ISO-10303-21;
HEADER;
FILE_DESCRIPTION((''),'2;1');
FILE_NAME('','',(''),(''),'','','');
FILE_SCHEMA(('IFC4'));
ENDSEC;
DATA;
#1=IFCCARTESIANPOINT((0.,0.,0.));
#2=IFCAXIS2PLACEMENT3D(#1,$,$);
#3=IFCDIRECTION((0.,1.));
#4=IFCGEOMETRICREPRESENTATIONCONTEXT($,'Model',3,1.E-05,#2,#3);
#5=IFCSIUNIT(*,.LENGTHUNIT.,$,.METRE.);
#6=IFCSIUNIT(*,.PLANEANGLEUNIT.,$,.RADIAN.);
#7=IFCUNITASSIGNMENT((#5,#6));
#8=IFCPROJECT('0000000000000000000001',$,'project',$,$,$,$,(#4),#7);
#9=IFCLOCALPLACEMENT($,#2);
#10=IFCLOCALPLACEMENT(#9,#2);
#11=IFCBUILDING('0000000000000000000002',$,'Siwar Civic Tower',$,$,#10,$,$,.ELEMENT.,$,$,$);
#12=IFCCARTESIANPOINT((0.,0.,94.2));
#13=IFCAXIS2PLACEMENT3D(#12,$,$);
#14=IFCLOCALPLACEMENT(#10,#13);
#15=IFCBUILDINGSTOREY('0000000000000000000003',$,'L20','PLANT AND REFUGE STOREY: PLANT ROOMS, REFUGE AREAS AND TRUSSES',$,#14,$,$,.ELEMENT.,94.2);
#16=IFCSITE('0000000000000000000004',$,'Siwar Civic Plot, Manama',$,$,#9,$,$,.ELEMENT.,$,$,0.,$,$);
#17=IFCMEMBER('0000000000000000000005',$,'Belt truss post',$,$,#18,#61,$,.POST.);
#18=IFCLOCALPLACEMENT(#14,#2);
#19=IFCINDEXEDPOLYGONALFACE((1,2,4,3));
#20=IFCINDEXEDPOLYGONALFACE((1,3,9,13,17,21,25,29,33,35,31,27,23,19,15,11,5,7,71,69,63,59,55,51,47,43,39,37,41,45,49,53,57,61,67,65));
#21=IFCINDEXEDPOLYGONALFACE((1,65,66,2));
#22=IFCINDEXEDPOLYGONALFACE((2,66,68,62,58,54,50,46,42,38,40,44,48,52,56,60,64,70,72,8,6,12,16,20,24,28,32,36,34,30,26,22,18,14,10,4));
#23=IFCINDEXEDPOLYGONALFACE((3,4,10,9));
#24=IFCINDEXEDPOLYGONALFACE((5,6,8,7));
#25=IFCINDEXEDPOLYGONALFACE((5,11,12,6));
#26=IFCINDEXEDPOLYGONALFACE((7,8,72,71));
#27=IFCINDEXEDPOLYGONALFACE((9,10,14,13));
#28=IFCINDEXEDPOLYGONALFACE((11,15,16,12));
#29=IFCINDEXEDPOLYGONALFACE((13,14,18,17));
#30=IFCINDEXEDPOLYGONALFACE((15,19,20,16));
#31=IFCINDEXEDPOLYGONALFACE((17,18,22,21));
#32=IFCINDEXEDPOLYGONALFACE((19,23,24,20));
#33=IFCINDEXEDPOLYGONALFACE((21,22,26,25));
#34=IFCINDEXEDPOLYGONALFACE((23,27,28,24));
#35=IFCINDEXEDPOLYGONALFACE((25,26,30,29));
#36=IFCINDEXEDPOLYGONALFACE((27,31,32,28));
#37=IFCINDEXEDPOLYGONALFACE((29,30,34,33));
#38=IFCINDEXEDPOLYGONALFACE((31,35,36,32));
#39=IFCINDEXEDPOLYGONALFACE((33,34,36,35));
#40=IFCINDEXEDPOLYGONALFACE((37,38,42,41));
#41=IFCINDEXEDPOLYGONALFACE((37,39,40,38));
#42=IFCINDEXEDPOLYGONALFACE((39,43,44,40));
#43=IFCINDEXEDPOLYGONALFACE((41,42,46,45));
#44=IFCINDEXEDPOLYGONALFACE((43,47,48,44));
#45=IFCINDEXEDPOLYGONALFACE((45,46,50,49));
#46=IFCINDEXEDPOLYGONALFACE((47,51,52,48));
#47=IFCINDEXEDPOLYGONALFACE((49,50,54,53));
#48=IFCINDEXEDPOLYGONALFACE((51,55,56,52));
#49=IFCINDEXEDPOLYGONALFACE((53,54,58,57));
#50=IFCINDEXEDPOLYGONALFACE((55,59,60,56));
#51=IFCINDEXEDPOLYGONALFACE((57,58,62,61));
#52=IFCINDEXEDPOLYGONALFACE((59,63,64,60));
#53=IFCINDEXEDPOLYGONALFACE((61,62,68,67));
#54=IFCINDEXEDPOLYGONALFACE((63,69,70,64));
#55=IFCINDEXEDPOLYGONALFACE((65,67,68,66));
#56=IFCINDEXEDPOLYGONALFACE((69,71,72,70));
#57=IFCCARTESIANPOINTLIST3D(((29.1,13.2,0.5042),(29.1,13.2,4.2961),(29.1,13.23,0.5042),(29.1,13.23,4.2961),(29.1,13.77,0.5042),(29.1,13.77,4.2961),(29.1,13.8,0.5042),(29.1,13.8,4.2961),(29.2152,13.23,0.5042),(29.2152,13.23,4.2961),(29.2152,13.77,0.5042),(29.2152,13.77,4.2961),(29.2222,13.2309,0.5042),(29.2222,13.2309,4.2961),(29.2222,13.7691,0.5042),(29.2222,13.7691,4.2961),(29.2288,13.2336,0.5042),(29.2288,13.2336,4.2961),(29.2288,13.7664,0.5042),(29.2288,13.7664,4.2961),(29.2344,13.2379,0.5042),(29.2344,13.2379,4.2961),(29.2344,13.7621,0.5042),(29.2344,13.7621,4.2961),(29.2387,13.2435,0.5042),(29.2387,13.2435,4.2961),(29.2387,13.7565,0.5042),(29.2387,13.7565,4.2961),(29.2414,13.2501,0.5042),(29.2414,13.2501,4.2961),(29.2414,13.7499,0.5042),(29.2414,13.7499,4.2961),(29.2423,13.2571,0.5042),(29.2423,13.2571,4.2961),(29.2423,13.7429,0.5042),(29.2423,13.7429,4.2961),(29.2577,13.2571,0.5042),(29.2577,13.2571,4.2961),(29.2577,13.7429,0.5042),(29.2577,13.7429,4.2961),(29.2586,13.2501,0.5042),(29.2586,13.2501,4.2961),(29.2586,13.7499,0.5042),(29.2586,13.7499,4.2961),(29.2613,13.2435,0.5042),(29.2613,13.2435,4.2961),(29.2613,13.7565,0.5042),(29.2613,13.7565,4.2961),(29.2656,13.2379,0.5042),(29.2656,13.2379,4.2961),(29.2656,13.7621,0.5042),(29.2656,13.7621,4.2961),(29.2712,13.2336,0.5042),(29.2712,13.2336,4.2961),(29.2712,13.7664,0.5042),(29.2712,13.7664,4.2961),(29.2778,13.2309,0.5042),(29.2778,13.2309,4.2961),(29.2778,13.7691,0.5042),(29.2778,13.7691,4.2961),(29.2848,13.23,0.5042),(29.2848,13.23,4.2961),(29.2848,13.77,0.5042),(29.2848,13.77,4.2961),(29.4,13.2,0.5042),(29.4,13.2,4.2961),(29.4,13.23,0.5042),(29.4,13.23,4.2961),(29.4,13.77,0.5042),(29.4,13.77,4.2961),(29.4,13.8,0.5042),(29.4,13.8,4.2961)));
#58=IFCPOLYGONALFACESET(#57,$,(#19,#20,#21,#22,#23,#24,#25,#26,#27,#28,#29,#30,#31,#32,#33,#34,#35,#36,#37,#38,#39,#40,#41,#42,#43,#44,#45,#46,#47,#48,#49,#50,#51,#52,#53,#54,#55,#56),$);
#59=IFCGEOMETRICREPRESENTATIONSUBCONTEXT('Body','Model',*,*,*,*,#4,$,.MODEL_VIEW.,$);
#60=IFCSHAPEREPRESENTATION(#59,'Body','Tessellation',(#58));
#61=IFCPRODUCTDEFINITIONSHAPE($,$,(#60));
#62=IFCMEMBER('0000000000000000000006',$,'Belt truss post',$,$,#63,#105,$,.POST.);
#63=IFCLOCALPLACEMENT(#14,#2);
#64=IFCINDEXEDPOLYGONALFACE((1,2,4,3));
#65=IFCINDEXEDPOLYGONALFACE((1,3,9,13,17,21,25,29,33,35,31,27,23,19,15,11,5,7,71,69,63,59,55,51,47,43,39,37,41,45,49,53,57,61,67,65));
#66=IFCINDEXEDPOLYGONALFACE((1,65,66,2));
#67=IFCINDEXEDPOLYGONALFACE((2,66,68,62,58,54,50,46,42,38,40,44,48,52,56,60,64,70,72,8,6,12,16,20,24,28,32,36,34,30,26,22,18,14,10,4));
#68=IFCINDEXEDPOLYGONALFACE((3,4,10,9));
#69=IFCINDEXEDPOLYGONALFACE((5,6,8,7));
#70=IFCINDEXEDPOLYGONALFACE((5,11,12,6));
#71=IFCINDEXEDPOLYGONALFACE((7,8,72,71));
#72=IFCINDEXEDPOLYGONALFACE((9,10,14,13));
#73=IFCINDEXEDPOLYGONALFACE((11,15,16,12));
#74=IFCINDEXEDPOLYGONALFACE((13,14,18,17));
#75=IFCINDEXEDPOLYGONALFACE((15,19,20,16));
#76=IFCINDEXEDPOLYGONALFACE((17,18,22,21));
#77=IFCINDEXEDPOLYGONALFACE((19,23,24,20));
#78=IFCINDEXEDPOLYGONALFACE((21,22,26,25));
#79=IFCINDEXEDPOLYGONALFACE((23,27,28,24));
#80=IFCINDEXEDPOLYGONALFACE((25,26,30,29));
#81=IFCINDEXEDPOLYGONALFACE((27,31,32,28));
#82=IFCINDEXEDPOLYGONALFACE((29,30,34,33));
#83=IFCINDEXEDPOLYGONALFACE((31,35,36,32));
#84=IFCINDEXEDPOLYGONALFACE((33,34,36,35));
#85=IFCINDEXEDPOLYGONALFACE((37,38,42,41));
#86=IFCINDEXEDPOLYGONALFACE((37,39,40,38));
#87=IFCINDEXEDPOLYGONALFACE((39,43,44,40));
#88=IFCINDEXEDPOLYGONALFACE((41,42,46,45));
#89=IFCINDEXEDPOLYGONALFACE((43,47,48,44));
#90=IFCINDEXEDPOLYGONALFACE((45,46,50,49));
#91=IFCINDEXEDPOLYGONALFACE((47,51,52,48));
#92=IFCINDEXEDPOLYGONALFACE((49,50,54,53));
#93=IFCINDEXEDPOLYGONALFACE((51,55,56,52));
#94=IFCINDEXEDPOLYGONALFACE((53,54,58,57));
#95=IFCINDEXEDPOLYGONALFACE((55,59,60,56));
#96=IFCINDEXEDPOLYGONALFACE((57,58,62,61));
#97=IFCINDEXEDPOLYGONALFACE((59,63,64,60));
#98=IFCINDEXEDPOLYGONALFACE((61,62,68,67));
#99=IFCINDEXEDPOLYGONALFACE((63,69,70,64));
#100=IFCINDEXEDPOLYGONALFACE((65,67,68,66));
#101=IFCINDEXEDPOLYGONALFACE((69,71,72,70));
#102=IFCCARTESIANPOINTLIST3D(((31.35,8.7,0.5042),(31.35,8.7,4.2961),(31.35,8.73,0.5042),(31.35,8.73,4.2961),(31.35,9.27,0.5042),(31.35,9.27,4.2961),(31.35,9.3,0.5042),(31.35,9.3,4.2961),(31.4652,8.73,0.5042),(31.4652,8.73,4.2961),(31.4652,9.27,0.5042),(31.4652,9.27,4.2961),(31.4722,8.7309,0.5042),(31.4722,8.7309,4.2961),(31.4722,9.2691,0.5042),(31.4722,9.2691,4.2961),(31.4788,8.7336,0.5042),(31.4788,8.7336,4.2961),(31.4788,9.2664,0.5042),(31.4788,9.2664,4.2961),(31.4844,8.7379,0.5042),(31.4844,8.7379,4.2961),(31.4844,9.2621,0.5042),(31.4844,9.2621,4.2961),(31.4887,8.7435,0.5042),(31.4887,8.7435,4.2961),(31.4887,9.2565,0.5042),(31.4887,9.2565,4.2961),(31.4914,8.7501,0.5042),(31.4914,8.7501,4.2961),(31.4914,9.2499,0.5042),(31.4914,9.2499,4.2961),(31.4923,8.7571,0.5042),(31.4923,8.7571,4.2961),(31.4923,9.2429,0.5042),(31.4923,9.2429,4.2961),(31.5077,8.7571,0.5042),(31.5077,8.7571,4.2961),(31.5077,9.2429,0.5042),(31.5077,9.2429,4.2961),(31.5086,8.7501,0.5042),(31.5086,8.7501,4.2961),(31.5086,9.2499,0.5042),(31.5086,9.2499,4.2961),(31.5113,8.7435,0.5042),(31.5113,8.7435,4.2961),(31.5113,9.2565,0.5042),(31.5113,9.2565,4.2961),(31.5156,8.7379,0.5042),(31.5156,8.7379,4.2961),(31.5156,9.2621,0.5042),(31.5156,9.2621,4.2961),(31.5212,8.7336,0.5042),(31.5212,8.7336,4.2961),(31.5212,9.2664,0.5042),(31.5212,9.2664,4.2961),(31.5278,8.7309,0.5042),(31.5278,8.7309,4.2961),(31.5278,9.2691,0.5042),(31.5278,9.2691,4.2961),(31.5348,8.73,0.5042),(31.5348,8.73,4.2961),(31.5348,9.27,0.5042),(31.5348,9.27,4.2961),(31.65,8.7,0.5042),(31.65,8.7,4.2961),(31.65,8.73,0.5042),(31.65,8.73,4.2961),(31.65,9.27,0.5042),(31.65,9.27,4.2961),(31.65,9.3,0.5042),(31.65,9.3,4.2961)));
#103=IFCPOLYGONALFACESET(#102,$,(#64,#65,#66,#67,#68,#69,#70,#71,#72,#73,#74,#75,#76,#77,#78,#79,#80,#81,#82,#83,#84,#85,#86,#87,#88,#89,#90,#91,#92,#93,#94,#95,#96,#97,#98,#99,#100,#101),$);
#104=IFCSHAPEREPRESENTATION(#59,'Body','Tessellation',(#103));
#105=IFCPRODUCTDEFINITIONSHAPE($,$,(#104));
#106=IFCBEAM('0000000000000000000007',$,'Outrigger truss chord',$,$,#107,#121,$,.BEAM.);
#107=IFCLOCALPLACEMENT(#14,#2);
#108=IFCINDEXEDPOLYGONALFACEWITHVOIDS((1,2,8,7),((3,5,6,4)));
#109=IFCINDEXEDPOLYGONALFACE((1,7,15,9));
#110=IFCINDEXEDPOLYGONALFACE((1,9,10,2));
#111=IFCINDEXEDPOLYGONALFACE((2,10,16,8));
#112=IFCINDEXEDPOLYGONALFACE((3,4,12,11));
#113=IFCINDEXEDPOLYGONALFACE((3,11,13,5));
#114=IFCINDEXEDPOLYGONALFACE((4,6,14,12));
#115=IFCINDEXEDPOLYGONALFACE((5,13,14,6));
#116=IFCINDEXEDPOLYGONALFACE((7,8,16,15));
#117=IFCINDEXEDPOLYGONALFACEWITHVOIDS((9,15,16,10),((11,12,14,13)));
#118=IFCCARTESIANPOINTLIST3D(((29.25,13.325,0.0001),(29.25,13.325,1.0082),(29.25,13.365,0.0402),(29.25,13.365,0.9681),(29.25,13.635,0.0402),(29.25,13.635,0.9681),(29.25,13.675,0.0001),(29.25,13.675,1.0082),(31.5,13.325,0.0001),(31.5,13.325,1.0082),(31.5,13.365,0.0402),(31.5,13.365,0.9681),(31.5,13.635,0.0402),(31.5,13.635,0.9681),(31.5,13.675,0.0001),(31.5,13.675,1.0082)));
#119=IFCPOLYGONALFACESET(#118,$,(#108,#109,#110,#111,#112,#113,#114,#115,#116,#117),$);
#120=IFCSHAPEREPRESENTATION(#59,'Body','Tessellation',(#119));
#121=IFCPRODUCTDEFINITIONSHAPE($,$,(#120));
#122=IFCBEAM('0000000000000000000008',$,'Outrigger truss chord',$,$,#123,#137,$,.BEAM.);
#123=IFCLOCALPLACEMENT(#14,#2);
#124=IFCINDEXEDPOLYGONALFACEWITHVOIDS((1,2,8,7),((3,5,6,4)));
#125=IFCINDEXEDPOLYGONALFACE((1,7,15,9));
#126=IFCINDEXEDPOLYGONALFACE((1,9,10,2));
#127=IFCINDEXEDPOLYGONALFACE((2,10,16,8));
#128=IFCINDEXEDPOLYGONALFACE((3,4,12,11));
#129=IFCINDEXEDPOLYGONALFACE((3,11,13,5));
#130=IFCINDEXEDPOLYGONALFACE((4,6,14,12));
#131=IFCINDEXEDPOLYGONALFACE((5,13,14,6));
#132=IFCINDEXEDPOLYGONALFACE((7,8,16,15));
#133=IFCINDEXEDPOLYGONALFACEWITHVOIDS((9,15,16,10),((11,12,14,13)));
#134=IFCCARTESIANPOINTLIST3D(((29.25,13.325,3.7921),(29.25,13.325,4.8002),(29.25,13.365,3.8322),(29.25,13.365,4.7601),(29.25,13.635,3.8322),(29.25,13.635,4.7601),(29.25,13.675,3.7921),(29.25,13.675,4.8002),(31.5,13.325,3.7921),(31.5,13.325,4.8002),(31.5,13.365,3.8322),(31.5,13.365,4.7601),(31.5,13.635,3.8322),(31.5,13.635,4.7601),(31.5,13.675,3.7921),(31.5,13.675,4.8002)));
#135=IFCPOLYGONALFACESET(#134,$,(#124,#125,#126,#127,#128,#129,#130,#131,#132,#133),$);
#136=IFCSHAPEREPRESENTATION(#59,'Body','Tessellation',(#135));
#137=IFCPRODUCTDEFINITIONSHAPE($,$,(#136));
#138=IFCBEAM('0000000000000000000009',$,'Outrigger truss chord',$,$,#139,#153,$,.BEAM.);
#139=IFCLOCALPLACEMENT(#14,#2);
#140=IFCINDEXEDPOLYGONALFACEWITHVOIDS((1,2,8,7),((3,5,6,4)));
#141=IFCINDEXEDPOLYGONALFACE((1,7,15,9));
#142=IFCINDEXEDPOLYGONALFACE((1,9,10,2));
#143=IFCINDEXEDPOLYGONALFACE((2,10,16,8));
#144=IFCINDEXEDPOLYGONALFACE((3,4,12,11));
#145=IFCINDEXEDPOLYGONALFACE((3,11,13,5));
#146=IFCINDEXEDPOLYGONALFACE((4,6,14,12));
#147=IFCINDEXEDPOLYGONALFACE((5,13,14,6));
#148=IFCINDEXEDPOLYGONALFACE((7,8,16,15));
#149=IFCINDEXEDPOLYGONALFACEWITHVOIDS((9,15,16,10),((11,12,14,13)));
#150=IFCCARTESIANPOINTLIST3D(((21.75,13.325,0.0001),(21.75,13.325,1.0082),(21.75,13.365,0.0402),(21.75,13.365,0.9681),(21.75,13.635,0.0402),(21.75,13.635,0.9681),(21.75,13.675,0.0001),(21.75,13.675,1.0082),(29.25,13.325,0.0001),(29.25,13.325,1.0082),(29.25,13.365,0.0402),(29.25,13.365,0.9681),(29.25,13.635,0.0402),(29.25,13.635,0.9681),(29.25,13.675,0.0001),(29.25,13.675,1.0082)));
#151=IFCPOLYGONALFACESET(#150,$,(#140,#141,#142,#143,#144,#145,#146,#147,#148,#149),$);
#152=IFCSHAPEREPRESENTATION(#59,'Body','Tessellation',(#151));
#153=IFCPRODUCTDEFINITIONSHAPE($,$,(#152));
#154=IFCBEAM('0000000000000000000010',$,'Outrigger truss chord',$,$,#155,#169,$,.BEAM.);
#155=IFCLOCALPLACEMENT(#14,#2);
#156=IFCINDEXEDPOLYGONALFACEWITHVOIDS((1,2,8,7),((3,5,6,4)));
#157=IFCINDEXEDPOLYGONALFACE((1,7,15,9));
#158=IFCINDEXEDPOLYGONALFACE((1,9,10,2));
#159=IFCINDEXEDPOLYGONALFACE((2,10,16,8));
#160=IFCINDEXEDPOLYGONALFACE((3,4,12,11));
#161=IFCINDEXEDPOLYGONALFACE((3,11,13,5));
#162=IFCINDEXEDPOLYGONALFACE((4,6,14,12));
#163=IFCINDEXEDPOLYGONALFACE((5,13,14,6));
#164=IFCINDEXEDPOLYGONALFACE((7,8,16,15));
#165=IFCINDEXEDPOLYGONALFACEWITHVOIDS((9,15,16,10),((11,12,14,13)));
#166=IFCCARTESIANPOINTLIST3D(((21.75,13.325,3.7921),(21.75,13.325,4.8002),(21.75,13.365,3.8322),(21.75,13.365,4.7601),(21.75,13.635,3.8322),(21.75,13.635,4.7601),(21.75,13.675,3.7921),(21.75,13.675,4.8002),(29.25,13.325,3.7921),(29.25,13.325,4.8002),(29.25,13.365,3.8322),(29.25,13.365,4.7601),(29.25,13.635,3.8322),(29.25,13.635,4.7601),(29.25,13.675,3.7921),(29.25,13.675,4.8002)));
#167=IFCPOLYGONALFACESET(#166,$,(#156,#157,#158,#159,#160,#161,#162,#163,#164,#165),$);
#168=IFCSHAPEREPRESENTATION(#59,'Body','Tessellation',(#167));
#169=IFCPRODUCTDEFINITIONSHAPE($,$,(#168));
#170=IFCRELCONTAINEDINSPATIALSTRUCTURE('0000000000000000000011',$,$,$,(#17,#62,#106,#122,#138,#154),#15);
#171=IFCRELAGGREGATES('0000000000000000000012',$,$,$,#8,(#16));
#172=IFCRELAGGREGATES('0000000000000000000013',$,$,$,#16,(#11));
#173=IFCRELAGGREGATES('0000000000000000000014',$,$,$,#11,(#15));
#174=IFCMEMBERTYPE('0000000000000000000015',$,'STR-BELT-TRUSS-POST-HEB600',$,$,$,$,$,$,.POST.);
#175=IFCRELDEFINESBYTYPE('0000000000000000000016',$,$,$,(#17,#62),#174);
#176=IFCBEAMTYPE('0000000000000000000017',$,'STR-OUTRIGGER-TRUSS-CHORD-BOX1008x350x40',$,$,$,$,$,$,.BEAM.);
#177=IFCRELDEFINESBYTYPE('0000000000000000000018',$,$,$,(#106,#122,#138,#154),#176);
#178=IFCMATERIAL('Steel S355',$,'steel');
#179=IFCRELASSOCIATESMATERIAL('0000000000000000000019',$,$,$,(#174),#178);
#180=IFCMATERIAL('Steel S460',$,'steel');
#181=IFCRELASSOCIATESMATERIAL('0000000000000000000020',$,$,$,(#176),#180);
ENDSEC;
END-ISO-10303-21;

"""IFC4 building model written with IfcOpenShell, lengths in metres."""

from ifc_helpers import new_model, si_unit, direction, frame, origin, origin_2d, place, context, subcontext, project, spatial, hollow_rectangle, i_section, extrude, material, material_profile, profile_set, type_object, element, save


model = new_model("IFC4")

# Units and contexts
model_context = context("Model", 3, precision=1e-05, world=origin(), true_north=direction((0.0, 1.0)))
body_context = subcontext(model_context, "Body", "Model", "MODEL_VIEW")
ifc_project = project(units=[si_unit("LENGTHUNIT", "METRE"), si_unit("PLANEANGLEUNIT", "RADIAN")], contexts=[model_context])

# Site, building, storey
site_placement = place(None, origin())
site = spatial("IfcSite", under=ifc_project, at=site_placement, Name="Siwar Civic Plot, Manama", CompositionType="ELEMENT", RefElevation=0.0)
building_placement = place(site_placement, origin())
building = spatial("IfcBuilding", under=site, at=building_placement, Name="Siwar Civic Tower", CompositionType="ELEMENT")
storey_placement = place(building_placement, frame((0.0, 0.0, 94.2)))
storey = spatial("IfcBuildingStorey", under=building, at=storey_placement, Name="L20", Description="PLANT AND REFUGE STOREY: PLANT ROOMS, REFUGE AREAS AND TRUSSES", CompositionType="ELEMENT", Elevation=94.2)

# Members
ifc_material_1 = material(Name="Steel S355", Category="steel")
ifc_material_profile_1 = material_profile(ifc_material_1, i_section(OverallWidth=0.3, OverallDepth=0.6001, WebThickness=0.0154, FlangeThickness=0.03, FilletRadius=0.0271, at=origin_2d()), Name="HEB600")
ifc_profile_set_1 = profile_set([ifc_material_profile_1], Name="Steel S355")
member_type_1 = type_object("IfcMemberType", Name="STR-BELT-TRUSS-POST-HEB600", PredefinedType="POST", material=ifc_profile_set_1)
for number, where, z_axis, x_axis, name in (
    (1, (29.25, 13.5, 0.5042), (0.0, 0.0, 1.0), (1.0, 0.0, 0.0), "Belt truss post"),
    (2, (31.5, 9.0, 0.5042), (0.0, 0.0, 1.0), (1.0, 0.0, 0.0), "Belt truss post"),
):
    element("IfcMember", number, at=place(storey_placement, frame(where, z_axis=z_axis, x_axis=x_axis)), inside=storey, type_object=member_type_1, Name=name, PredefinedType="POST", context=body_context, shape_type="SweptSolid", body=[
        extrude(i_section(OverallWidth=0.3, OverallDepth=0.6001, WebThickness=0.0154, FlangeThickness=0.03, FilletRadius=0.0271, at=origin_2d()), origin(), (0.0, 0.0, 1.0), 3.792),
    ])

# Beams
ifc_material_2 = material(Name="Steel S460", Category="steel")
ifc_material_profile_2 = material_profile(ifc_material_2, hollow_rectangle(XDim=0.3501, YDim=1.0081, WallThickness=0.04, at=origin_2d()), Name="BOX1008x350x40")
ifc_profile_set_2 = profile_set([ifc_material_profile_2], Name="Steel S460")
beam_type_1 = type_object("IfcBeamType", Name="STR-OUTRIGGER-TRUSS-CHORD-BOX1008x350x40", PredefinedType="BEAM", material=ifc_profile_set_2)
for number, where, z_axis, x_axis, name in (
    (3, (31.5, 13.5, 0.5042), (-1.0, 0.0, 0.0), (0.0, -1.0, 0.0), "Outrigger truss chord"),
    (4, (31.5, 13.5, 4.2961), (-1.0, 0.0, 0.0), (0.0, -1.0, 0.0), "Outrigger truss chord"),
):
    element("IfcBeam", number, at=place(storey_placement, frame(where, z_axis=z_axis, x_axis=x_axis)), inside=storey, type_object=beam_type_1, Name=name, PredefinedType="BEAM", context=body_context, shape_type="SweptSolid", body=[
        extrude(hollow_rectangle(XDim=0.3501, YDim=1.0081, WallThickness=0.04, at=origin_2d()), origin(), (0.0, 0.0, 1.0), 2.25),
    ])
for number, where, z_axis, x_axis, name in (
    (5, (29.25, 13.5, 0.5042), (-1.0, 0.0, 0.0), (0.0, -1.0, 0.0), "Outrigger truss chord"),
    (6, (29.25, 13.5, 4.2961), (-1.0, 0.0, 0.0), (0.0, -1.0, 0.0), "Outrigger truss chord"),
):
    element("IfcBeam", number, at=place(storey_placement, frame(where, z_axis=z_axis, x_axis=x_axis)), inside=storey, type_object=beam_type_1, Name=name, PredefinedType="BEAM", context=body_context, shape_type="SweptSolid", body=[
        extrude(hollow_rectangle(XDim=0.3501, YDim=1.0081, WallThickness=0.04, at=origin_2d()), origin(), (0.0, 0.0, 1.0), 7.5),
    ])

save(model, "model.ifc")
